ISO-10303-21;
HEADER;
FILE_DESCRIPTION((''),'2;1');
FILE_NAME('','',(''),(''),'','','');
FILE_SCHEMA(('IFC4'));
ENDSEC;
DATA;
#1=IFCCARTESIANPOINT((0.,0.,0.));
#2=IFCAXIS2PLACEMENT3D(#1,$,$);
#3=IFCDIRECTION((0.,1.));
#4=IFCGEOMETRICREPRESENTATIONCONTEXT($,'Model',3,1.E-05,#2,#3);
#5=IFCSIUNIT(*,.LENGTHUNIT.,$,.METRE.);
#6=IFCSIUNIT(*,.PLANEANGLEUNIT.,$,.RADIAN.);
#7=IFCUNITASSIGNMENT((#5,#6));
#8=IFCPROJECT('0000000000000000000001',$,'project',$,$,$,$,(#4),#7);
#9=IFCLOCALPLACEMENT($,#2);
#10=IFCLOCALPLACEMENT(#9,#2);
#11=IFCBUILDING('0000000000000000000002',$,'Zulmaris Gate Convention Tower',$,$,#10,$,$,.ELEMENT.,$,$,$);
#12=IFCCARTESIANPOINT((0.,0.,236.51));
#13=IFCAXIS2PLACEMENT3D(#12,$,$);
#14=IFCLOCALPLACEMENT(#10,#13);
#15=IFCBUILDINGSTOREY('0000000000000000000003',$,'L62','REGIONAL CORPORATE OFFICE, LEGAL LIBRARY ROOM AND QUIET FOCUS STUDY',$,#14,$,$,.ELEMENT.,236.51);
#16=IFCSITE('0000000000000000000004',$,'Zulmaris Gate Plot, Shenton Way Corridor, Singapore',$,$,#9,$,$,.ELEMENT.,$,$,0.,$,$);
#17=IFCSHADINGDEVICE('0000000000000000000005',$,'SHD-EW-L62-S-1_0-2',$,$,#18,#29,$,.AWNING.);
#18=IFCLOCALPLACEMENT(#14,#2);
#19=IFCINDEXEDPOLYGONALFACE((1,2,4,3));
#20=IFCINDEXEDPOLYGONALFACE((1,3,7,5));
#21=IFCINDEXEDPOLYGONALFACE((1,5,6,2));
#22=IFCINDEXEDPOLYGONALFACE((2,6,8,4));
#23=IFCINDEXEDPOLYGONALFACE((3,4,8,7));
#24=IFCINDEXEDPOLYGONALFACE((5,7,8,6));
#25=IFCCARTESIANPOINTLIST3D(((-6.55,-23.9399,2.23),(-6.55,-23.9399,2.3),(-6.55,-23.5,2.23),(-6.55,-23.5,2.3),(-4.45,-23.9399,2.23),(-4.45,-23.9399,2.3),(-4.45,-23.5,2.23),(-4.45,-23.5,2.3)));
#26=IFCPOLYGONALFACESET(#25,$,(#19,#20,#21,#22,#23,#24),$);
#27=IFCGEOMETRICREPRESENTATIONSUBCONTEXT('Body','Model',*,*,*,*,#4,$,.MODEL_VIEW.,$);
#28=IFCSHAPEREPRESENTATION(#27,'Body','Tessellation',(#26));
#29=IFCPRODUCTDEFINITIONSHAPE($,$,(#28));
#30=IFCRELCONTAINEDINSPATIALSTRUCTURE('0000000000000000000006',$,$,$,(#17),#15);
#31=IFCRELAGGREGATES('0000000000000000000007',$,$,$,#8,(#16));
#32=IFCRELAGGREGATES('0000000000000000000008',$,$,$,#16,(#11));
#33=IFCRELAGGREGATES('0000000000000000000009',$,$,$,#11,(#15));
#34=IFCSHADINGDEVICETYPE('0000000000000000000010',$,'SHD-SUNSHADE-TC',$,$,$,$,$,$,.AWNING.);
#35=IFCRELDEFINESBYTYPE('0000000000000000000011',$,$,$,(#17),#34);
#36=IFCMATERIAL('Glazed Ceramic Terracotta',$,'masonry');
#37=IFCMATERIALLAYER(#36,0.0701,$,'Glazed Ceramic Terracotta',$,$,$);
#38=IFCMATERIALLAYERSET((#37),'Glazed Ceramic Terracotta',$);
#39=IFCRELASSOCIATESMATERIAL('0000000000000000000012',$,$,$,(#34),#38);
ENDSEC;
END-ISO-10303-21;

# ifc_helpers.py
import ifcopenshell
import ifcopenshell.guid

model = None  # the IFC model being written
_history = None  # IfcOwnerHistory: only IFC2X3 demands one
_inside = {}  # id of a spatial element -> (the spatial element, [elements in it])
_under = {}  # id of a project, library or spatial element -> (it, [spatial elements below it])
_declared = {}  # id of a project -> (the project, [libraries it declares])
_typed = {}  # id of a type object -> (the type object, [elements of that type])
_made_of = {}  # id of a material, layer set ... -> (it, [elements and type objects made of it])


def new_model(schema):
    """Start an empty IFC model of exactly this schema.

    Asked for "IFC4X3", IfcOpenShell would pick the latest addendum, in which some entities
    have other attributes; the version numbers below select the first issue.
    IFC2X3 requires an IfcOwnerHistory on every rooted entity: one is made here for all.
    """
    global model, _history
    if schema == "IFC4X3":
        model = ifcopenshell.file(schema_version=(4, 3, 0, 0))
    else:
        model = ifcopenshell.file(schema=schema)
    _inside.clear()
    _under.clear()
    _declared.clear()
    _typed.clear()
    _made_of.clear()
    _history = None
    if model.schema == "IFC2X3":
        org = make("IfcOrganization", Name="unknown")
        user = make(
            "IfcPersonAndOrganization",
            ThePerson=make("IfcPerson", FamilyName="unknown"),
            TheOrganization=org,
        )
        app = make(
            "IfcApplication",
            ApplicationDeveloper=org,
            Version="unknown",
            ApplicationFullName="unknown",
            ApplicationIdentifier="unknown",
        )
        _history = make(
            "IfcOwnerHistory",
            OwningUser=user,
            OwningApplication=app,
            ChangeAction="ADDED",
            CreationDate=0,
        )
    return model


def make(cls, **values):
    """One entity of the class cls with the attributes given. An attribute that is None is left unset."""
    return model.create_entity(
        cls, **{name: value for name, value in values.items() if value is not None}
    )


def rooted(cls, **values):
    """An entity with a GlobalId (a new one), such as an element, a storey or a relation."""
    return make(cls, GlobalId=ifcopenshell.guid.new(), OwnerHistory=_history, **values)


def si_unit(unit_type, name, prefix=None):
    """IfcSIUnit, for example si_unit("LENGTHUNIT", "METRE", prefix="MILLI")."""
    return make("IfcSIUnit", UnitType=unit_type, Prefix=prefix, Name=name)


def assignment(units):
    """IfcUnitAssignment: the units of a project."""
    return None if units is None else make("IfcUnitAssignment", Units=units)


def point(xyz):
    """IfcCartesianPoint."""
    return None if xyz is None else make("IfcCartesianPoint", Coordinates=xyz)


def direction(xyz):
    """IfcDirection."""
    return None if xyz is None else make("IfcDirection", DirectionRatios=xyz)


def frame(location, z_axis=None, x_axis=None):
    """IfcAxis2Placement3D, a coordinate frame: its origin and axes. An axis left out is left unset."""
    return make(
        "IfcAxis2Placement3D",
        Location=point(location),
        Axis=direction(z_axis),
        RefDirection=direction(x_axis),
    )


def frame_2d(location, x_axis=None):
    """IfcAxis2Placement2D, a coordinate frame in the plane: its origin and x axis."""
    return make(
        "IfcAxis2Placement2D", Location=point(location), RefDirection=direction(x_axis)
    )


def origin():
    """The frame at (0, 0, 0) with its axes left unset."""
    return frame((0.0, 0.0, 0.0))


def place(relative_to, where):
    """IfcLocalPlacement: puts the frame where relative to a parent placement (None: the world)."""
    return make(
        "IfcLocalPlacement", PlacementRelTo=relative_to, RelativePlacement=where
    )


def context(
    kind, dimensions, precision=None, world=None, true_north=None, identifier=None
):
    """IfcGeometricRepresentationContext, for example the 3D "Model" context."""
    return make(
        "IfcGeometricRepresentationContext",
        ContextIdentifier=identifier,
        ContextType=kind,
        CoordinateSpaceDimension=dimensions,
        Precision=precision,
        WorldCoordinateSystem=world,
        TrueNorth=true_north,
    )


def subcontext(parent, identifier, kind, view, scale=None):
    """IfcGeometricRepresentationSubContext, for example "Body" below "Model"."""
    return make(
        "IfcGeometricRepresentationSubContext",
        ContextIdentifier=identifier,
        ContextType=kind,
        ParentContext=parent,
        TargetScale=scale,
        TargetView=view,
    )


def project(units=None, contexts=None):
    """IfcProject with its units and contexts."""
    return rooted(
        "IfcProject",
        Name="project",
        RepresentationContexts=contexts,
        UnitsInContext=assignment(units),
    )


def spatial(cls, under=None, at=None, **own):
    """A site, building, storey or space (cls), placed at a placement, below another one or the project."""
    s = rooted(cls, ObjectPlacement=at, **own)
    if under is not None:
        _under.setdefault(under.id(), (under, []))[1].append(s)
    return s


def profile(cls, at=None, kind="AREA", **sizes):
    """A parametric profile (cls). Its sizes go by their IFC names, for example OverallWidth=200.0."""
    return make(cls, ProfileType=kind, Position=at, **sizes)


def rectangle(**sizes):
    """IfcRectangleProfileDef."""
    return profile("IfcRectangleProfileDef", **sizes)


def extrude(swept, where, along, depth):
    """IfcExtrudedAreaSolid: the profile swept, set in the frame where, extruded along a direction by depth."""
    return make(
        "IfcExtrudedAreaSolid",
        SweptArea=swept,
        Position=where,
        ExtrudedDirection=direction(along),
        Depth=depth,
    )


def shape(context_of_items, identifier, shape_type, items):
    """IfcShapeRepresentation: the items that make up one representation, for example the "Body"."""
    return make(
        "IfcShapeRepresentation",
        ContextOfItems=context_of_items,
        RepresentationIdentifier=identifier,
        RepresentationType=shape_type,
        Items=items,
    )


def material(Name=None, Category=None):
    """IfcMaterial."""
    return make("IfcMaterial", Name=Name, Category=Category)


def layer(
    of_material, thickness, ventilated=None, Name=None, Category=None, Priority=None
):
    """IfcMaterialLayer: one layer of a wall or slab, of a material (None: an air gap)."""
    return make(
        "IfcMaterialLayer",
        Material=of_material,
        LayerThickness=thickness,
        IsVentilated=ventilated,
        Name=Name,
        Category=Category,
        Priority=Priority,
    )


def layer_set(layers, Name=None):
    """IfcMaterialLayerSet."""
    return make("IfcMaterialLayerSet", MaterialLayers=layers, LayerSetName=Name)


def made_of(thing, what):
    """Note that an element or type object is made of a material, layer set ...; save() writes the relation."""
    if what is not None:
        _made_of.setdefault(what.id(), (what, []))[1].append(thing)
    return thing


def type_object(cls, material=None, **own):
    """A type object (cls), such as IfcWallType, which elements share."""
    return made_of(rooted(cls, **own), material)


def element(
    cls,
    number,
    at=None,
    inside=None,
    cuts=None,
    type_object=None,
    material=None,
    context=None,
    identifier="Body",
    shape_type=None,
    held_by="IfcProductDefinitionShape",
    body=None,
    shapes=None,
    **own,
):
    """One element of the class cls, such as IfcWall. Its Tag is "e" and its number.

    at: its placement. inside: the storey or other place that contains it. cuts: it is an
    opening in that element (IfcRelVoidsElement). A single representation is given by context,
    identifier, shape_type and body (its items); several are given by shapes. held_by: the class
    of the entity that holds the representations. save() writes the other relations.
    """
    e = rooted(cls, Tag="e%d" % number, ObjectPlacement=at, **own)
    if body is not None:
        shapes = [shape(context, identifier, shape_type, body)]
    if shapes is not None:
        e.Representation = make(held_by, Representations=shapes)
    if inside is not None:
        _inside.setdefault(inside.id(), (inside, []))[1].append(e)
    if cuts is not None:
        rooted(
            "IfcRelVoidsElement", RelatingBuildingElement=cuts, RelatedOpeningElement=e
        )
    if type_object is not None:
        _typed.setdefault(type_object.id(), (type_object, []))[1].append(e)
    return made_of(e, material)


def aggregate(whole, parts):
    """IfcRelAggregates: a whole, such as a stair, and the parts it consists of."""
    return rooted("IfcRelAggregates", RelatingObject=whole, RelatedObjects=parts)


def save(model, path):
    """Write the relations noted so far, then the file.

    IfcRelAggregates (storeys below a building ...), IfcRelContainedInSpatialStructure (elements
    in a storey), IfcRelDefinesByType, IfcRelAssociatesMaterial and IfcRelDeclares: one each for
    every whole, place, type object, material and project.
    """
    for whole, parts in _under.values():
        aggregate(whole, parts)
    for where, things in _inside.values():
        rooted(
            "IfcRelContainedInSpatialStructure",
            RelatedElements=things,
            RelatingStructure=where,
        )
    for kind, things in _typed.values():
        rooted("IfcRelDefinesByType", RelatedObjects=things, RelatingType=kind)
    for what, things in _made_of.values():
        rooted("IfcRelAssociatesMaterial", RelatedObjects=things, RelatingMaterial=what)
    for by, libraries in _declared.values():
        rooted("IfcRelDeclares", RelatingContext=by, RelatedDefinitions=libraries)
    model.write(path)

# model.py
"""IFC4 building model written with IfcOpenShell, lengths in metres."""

from ifc_helpers import new_model, si_unit, direction, frame, frame_2d, origin, place, context, subcontext, project, spatial, rectangle, extrude, material, layer, layer_set, type_object, element, save


model = new_model("IFC4")

# Units and contexts
model_context = context("Model", 3, precision=1e-05, world=origin(), true_north=direction((0.0, 1.0)))
body_context = subcontext(model_context, "Body", "Model", "MODEL_VIEW")
ifc_project = project(units=[si_unit("LENGTHUNIT", "METRE"), si_unit("PLANEANGLEUNIT", "RADIAN")], contexts=[model_context])

# Site, building, storey
site_placement = place(None, origin())
site = spatial("IfcSite", under=ifc_project, at=site_placement, Name="Zulmaris Gate Plot, Shenton Way Corridor, Singapore", CompositionType="ELEMENT", RefElevation=0.0)
building_placement = place(site_placement, origin())
building = spatial("IfcBuilding", under=site, at=building_placement, Name="Zulmaris Gate Convention Tower", CompositionType="ELEMENT")
storey_placement = place(building_placement, frame((0.0, 0.0, 236.51)))
storey = spatial("IfcBuildingStorey", under=building, at=storey_placement, Name="L62", Description="REGIONAL CORPORATE OFFICE, LEGAL LIBRARY ROOM AND QUIET FOCUS STUDY", CompositionType="ELEMENT", Elevation=236.51)

# Shading device
ifc_material_1 = material(Name="Glazed Ceramic Terracotta", Category="masonry")
ifc_layer_1 = layer(ifc_material_1, 0.0701, Name="Glazed Ceramic Terracotta")
ifc_layer_set_1 = layer_set([ifc_layer_1], Name="Glazed Ceramic Terracotta")
shading_device_type = type_object("IfcShadingDeviceType", Name="SHD-SUNSHADE-TC", PredefinedType="AWNING", material=ifc_layer_set_1)
shading_device_placement = place(storey_placement, frame((-6.55, -23.72, 2.23), z_axis=(0.0, 0.0, 1.0), x_axis=(1.0, 0.0, 0.0)))
element("IfcShadingDevice", 1, at=shading_device_placement, inside=storey, type_object=shading_device_type, Name="SHD-EW-L62-S-1_0-2", PredefinedType="AWNING", context=body_context, shape_type="SweptSolid", body=[
    extrude(rectangle(XDim=2.1001, YDim=0.4399, at=frame_2d((1.05, 0.0))), origin(), (0.0, 0.0, 1.0), 0.0701),
])

save(model, "model.ifc")
